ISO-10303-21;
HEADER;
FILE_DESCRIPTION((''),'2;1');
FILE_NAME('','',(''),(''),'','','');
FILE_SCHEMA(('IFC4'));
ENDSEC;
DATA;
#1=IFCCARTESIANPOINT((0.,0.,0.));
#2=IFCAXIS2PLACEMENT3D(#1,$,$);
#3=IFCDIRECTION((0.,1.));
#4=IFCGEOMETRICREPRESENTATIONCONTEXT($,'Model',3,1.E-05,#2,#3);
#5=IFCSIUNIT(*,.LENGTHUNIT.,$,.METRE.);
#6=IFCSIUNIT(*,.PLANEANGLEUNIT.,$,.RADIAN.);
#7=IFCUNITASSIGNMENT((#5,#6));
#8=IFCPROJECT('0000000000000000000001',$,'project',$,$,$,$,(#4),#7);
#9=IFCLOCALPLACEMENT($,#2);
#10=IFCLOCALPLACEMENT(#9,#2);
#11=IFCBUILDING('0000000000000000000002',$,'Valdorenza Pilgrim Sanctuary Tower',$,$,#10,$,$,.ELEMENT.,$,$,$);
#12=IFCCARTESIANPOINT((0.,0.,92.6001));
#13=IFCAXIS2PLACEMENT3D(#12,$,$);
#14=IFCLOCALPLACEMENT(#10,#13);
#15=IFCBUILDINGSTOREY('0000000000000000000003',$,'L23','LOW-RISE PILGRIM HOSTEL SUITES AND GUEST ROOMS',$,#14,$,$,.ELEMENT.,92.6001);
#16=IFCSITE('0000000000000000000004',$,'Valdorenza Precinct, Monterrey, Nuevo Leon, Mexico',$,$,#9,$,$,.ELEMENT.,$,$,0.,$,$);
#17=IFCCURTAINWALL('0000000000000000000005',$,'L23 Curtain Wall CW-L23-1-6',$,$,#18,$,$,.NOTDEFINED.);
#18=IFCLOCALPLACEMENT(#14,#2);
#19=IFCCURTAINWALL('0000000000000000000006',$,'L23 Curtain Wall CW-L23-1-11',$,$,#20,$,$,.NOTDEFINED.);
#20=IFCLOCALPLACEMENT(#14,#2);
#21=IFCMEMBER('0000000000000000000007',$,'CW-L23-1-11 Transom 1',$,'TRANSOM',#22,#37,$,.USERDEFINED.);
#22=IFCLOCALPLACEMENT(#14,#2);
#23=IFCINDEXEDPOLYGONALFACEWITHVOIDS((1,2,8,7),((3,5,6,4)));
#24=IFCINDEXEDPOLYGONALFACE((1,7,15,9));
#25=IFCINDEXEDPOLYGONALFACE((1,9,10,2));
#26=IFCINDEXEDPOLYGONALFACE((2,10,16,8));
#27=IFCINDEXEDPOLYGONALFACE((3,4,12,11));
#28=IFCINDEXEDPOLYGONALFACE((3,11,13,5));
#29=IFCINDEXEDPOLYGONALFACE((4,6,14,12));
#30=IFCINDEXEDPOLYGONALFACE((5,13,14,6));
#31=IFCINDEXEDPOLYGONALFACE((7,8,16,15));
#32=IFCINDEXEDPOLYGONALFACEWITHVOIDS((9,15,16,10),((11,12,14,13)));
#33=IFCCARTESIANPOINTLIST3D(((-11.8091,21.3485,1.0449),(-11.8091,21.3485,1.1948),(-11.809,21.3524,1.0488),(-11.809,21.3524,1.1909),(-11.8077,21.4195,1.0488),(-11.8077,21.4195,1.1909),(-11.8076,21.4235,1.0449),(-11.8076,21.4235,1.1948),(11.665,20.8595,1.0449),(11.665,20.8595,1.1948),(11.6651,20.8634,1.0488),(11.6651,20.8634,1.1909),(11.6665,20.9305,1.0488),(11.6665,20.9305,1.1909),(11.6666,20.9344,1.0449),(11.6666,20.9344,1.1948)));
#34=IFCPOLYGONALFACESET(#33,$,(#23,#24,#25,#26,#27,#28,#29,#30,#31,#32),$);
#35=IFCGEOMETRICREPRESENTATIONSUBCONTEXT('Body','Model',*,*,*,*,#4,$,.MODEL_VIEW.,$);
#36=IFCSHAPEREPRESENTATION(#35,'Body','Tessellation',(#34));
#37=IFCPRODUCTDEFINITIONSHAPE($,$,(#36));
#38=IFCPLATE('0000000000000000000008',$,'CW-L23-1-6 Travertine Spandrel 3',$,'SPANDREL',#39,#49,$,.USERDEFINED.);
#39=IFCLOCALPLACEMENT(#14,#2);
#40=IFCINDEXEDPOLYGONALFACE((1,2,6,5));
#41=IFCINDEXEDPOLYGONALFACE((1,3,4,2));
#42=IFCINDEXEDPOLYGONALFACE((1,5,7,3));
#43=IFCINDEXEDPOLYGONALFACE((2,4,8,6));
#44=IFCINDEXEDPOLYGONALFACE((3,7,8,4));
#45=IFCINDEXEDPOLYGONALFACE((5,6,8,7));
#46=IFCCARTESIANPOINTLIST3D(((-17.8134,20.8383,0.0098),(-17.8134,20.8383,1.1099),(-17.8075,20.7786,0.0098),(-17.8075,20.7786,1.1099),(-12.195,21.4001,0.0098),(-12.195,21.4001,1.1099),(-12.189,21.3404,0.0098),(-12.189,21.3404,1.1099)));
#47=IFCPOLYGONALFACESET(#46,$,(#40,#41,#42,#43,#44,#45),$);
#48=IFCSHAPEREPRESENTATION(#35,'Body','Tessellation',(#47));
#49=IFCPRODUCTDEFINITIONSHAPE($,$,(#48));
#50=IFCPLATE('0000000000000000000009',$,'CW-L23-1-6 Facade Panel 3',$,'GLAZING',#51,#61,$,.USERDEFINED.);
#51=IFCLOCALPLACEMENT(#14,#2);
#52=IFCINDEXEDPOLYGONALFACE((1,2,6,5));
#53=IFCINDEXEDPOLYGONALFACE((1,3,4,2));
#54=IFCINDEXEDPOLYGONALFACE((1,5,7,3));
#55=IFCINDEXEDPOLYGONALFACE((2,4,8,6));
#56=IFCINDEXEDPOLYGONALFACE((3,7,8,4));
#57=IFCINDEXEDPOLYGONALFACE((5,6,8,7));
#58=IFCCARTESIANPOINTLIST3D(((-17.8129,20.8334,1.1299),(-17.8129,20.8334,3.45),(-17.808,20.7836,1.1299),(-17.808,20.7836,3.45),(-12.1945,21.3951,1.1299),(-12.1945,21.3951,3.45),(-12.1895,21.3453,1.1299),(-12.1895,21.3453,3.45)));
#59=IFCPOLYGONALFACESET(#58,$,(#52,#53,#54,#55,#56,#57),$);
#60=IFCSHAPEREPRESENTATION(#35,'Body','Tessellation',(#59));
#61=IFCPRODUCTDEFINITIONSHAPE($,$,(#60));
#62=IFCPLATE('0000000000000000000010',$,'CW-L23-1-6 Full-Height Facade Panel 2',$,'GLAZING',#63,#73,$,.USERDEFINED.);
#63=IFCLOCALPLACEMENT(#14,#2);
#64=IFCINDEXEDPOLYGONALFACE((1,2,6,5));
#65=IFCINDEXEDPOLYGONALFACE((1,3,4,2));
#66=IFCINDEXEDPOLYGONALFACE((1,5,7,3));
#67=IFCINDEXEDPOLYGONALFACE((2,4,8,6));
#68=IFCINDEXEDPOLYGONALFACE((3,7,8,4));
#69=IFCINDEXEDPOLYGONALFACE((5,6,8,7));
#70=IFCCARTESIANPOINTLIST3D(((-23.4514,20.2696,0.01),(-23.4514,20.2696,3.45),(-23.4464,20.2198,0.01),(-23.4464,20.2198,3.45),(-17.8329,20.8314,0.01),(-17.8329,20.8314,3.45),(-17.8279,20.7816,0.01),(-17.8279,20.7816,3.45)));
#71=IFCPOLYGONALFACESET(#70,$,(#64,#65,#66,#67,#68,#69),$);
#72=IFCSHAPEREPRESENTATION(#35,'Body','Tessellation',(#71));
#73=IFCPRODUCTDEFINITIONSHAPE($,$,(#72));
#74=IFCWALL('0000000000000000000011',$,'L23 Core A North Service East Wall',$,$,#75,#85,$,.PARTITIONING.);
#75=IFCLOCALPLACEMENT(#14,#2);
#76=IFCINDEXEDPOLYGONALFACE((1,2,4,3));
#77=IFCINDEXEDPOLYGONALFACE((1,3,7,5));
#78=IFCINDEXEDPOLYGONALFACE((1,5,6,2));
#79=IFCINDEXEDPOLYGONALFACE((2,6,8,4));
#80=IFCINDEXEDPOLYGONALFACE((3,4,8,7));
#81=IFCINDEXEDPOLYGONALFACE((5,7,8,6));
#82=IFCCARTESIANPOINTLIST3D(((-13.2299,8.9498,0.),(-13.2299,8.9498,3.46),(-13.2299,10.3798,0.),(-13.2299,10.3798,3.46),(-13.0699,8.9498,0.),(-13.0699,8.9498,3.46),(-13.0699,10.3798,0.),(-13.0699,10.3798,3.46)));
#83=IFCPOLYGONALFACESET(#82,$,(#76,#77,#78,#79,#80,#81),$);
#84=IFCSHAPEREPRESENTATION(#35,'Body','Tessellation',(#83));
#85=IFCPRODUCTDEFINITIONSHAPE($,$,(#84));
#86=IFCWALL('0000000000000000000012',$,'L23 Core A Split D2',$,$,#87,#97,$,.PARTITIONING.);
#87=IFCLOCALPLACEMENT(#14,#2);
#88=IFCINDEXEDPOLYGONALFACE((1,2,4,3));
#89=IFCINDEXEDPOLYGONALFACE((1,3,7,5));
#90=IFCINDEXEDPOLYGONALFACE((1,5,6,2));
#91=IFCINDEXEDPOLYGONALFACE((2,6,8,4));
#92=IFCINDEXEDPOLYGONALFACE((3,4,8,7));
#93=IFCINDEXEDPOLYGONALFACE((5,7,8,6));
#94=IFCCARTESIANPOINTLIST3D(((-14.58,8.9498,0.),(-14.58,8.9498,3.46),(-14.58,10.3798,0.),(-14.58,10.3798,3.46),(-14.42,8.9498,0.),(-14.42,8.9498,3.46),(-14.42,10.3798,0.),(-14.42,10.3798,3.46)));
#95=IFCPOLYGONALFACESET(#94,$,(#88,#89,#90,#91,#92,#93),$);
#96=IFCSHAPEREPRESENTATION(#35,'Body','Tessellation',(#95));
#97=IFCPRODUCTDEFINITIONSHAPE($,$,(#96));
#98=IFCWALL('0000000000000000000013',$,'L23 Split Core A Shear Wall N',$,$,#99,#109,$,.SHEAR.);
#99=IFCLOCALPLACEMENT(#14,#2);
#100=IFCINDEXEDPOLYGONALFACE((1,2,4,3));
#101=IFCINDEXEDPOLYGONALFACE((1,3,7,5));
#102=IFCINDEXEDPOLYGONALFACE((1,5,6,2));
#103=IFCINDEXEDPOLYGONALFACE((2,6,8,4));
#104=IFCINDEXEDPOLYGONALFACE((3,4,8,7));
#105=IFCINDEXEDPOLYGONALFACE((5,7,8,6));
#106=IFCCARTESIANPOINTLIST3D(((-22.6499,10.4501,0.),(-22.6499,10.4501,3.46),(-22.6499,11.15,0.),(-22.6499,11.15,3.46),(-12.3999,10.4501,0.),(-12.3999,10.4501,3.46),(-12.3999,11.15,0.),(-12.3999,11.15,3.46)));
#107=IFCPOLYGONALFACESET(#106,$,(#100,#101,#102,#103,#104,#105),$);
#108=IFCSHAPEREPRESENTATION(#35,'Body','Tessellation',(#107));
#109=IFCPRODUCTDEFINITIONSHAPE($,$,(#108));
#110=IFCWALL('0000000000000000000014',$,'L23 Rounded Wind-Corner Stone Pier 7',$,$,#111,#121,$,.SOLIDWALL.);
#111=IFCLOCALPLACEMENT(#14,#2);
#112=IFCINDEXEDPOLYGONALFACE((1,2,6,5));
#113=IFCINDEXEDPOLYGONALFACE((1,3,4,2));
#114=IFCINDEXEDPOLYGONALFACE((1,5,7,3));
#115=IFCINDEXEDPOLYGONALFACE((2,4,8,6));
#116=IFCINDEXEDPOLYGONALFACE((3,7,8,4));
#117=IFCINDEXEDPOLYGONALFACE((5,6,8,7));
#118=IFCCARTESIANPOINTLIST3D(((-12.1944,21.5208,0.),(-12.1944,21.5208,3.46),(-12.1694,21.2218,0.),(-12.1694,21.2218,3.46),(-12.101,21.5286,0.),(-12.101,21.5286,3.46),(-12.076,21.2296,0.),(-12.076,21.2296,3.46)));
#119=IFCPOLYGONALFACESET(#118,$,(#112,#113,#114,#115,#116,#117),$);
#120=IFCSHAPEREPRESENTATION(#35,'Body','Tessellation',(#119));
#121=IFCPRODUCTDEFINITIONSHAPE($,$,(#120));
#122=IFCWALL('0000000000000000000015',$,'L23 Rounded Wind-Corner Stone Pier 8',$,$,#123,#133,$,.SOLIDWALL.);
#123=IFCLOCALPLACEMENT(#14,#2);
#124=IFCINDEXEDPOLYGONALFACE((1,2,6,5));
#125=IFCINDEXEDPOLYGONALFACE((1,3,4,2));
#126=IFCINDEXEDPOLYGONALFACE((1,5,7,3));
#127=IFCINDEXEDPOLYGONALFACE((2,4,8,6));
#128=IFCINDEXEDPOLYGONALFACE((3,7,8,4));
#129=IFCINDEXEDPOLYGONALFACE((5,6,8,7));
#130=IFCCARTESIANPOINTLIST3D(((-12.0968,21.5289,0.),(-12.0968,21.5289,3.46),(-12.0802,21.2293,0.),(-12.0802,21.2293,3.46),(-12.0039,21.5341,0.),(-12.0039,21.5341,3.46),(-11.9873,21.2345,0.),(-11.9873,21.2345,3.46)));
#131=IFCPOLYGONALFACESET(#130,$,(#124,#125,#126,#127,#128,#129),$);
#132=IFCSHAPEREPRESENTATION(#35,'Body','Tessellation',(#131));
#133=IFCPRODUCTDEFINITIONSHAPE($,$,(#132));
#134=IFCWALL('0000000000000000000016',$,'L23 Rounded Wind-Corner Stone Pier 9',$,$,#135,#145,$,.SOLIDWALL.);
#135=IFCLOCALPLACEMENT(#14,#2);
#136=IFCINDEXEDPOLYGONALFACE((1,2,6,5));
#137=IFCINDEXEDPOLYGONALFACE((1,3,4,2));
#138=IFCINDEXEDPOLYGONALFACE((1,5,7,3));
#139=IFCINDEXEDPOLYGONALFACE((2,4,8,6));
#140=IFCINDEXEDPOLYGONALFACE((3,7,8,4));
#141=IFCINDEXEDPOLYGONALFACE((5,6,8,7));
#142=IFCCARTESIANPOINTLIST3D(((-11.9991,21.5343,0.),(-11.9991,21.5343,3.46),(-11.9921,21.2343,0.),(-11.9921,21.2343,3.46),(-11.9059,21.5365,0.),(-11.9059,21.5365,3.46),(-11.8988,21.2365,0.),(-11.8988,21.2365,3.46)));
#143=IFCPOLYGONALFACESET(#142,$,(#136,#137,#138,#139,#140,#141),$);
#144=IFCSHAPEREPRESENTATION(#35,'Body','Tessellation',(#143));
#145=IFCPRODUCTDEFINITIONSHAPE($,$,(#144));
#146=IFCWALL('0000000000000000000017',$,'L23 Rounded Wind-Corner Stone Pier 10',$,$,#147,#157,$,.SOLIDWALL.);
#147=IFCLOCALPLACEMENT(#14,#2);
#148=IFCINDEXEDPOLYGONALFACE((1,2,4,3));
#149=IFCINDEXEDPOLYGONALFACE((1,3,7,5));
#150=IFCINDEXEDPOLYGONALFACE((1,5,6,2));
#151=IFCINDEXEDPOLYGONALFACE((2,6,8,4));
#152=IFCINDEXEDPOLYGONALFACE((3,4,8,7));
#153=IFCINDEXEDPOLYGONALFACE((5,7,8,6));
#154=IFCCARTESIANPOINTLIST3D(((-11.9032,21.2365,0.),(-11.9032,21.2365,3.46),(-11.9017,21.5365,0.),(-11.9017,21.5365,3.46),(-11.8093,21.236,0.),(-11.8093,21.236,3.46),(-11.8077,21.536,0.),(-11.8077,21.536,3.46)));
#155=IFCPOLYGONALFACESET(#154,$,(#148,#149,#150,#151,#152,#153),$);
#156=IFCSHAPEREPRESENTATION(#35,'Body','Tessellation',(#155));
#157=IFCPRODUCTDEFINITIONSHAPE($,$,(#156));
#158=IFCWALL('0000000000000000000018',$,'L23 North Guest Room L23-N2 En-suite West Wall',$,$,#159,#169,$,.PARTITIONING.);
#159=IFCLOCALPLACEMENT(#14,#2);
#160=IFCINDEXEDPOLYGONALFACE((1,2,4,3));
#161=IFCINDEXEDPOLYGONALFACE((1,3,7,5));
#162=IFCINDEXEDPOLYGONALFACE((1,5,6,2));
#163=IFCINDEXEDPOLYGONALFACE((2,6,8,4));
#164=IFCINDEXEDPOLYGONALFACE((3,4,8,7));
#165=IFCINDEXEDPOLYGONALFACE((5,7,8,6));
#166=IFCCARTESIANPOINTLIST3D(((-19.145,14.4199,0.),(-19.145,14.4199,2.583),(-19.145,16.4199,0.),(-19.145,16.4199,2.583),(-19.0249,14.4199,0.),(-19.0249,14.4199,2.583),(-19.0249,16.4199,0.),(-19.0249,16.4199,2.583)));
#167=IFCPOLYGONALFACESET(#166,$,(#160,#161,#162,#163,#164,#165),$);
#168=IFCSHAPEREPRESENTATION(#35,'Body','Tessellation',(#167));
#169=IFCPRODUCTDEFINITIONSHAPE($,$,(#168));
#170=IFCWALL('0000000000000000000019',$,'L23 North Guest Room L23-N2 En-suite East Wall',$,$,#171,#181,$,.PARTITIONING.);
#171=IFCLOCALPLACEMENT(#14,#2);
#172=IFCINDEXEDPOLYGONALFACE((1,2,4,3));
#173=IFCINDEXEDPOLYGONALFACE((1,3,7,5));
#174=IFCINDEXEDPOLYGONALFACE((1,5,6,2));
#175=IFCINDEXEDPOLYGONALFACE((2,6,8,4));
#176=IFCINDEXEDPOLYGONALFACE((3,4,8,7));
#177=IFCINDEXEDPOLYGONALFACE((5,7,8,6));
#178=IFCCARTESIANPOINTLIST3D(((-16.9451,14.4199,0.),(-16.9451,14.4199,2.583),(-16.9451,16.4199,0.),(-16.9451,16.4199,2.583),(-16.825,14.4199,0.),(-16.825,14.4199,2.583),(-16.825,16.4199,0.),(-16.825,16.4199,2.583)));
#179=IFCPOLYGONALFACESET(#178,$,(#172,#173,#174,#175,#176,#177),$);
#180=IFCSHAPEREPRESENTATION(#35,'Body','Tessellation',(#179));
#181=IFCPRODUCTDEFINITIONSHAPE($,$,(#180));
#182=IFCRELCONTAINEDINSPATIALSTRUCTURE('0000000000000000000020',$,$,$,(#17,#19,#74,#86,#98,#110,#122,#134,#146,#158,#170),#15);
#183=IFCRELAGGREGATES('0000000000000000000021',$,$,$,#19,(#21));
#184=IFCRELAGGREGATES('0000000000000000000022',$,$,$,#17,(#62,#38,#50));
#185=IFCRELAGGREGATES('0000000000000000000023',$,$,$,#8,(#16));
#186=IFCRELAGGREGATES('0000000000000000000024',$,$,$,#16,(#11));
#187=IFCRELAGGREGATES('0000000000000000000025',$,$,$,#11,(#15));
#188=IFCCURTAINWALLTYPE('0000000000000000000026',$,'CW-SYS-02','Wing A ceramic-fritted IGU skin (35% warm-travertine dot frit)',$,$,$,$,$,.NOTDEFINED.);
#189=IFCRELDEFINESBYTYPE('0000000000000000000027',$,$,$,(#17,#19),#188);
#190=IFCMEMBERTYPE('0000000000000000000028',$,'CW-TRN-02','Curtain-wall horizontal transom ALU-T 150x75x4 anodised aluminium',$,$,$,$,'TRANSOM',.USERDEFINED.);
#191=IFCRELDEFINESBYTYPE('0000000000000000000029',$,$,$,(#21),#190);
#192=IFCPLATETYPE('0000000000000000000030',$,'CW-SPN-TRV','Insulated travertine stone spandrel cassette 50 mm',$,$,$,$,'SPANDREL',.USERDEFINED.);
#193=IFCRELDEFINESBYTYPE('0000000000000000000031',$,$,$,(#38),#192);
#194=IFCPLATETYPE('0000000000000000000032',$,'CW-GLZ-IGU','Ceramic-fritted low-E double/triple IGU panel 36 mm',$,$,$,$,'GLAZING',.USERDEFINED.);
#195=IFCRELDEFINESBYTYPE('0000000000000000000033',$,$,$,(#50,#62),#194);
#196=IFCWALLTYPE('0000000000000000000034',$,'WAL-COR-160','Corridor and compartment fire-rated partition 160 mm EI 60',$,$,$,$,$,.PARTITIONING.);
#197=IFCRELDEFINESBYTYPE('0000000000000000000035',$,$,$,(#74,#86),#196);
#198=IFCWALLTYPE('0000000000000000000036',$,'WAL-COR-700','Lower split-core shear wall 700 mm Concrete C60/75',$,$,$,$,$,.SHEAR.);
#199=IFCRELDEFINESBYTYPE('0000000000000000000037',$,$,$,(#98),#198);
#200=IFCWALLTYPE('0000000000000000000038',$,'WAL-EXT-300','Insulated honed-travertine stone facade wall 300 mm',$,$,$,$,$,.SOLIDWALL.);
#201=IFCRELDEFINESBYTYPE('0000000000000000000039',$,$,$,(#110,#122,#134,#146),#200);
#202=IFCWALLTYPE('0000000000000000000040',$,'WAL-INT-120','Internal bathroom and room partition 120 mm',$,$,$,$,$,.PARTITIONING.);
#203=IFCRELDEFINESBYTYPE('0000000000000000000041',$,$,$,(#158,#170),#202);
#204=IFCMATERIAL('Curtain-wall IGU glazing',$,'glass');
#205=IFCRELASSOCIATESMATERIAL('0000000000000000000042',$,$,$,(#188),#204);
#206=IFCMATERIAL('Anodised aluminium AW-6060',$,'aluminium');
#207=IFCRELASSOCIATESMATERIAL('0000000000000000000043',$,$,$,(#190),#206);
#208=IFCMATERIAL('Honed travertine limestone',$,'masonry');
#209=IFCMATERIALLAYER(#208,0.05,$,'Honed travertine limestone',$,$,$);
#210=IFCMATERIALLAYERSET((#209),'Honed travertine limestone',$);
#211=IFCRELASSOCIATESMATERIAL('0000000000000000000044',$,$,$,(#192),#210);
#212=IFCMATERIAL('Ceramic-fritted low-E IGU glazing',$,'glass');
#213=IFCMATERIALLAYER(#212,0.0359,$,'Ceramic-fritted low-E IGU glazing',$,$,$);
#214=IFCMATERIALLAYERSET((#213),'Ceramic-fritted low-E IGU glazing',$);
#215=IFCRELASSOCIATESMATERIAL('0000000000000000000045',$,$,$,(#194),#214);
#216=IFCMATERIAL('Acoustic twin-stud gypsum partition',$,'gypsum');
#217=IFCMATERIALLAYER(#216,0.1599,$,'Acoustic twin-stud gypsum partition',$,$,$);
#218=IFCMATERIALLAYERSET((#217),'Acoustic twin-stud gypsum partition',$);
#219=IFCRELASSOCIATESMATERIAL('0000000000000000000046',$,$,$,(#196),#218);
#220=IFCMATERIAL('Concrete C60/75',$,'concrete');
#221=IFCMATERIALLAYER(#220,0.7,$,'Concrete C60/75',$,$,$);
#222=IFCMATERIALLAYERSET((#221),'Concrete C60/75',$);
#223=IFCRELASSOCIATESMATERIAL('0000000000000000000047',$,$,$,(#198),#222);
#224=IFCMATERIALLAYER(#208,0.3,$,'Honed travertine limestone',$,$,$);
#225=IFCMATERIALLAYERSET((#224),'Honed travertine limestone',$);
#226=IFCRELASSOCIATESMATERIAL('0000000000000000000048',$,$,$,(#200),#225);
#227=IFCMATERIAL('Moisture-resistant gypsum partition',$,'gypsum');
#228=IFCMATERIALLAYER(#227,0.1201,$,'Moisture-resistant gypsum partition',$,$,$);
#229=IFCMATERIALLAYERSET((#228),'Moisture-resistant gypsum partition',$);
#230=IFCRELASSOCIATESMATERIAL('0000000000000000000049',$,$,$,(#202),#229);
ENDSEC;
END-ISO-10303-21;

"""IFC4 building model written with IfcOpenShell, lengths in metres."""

from ifc_helpers import new_model, si_unit, direction, frame, frame_2d, origin, origin_2d, place, context, subcontext, project, spatial, rectangle, hollow_rectangle, extrude, source, transform, mapped, material, layer, layer_set, material_profile, profile_set, type_object, element, aggregate, save


model = new_model("IFC4")

# Units and contexts
model_context = context("Model", 3, precision=1e-05, world=origin(), true_north=direction((0.0, 1.0)))
body_context = subcontext(model_context, "Body", "Model", "MODEL_VIEW")
ifc_project = project(units=[si_unit("LENGTHUNIT", "METRE"), si_unit("PLANEANGLEUNIT", "RADIAN")], contexts=[model_context])

# Site, building, storey
site_placement = place(None, origin())
site = spatial("IfcSite", under=ifc_project, at=site_placement, Name="Valdorenza Precinct, Monterrey, Nuevo Leon, Mexico", CompositionType="ELEMENT", RefElevation=0.0)
building_placement = place(site_placement, origin())
building = spatial("IfcBuilding", under=site, at=building_placement, Name="Valdorenza Pilgrim Sanctuary Tower", CompositionType="ELEMENT")
storey_placement = place(building_placement, frame((0.0, 0.0, 92.6001)))
storey = spatial("IfcBuildingStorey", under=building, at=storey_placement, Name="L23", Description="LOW-RISE PILGRIM HOSTEL SUITES AND GUEST ROOMS", CompositionType="ELEMENT", Elevation=92.6001)

# Shared definitions
ifc_material_1 = material(Name="Concrete C60/75", Category="concrete")

# Curtain walls, member
ifc_material_2 = material(Name="Curtain-wall IGU glazing", Category="glass")
curtain_wall_type = type_object("IfcCurtainWallType", Name="CW-SYS-02", Description="Wing A ceramic-fritted IGU skin (35% warm-travertine dot frit)", PredefinedType="NOTDEFINED", material=ifc_material_2)
curtain_wall_1_placement = place(storey_placement, origin())
curtain_wall_1 = element("IfcCurtainWall", 1, at=curtain_wall_1_placement, inside=storey, type_object=curtain_wall_type, Name="L23 Curtain Wall CW-L23-1-6", PredefinedType="NOTDEFINED")
ifc_material_3 = material(Name="Anodised aluminium AW-6060", Category="aluminium")
curtain_wall_2_placement = place(storey_placement, origin())
curtain_wall_2 = element("IfcCurtainWall", 2, at=curtain_wall_2_placement, inside=storey, type_object=curtain_wall_type, Name="L23 Curtain Wall CW-L23-1-11", PredefinedType="NOTDEFINED")
ifc_material_profile_1 = material_profile(ifc_material_3, hollow_rectangle(XDim=0.075, YDim=0.1499, WallThickness=0.0039, at=origin_2d()), Name="ALU-T 150x75x4")
ifc_profile_set_1 = profile_set([ifc_material_profile_1], Name="Anodised aluminium AW-6060")
member_type_1 = type_object("IfcMemberType", Name="CW-TRN-02", Description="Curtain-wall horizontal transom ALU-T 150x75x4 anodised aluminium", ElementType="TRANSOM", PredefinedType="USERDEFINED", material=ifc_profile_set_1)
shared_shape_1 = source(origin(), body_context, "Body", "SweptSolid", [
    extrude(hollow_rectangle(XDim=0.075, YDim=0.1499, WallThickness=0.0039, at=origin_2d()), origin(), (0.0, 0.0, 1.0), 23.4792),
])
member_1_placement = place(storey_placement, frame((-11.8083, 21.386, 1.1199), z_axis=(0.999783, -0.020828, 0.0), x_axis=(0.020828, 0.999783, 0.0)))
member_1 = element("IfcMember", 3, at=member_1_placement, type_object=member_type_1, Name="CW-L23-1-11 Transom 1", ObjectType="TRANSOM", PredefinedType="USERDEFINED", context=body_context, shape_type="MappedRepresentation", body=[
    mapped(shared_shape_1, transform((0.0, 0.0, 0.0), x_axis=(1.0, 0.0, 0.0), y_axis=(0.0, 1.0, 0.0), z_axis=(0.0, 0.0, 1.0), scale=1.0)),
])
aggregate(curtain_wall_2, [member_1])

# Plates
ifc_material_4 = material(Name="Honed travertine limestone", Category="masonry")
ifc_layer_1 = layer(ifc_material_4, 0.05, Name="Honed travertine limestone")
ifc_layer_set_1 = layer_set([ifc_layer_1], Name="Honed travertine limestone")
plate_type_1 = type_object("IfcPlateType", Name="CW-SPN-TRV", Description="Insulated travertine stone spandrel cassette 50 mm", ElementType="SPANDREL", PredefinedType="USERDEFINED", material=ifc_layer_set_1)
shared_shape_2 = source(origin(), body_context, "Body", "SweptSolid", [
    extrude(rectangle(XDim=5.6465, YDim=0.0601, at=origin_2d()), origin(), (0.0, 0.0, 1.0), 1.1001),
])
plate_1_placement = place(storey_placement, frame((-15.0012, 21.0894, 0.0098), z_axis=(0.0, 0.0, 1.0), x_axis=(0.995038, 0.099493, 0.0)))
plate_1 = element("IfcPlate", 4, at=plate_1_placement, type_object=plate_type_1, Name="CW-L23-1-6 Travertine Spandrel 3", ObjectType="SPANDREL", PredefinedType="USERDEFINED", context=body_context, shape_type="MappedRepresentation", body=[
    mapped(shared_shape_2, transform((0.0, 0.0, 0.0), x_axis=(1.0, 0.0, 0.0), y_axis=(0.0, 1.0, 0.0), z_axis=(0.0, 0.0, 1.0), scale=1.0)),
])
ifc_material_5 = material(Name="Ceramic-fritted low-E IGU glazing", Category="glass")
ifc_layer_2 = layer(ifc_material_5, 0.0359, Name="Ceramic-fritted low-E IGU glazing")
ifc_layer_set_2 = layer_set([ifc_layer_2], Name="Ceramic-fritted low-E IGU glazing")
plate_type_2 = type_object("IfcPlateType", Name="CW-GLZ-IGU", Description="Ceramic-fritted low-E double/triple IGU panel 36 mm", ElementType="GLAZING", PredefinedType="USERDEFINED", material=ifc_layer_set_2)
shared_shape_3 = source(origin(), body_context, "Body", "SweptSolid", [
    extrude(rectangle(XDim=5.6465, YDim=0.05, at=origin_2d()), origin(), (0.0, 0.0, 1.0), 2.3201),
])
plate_2_placement = place(storey_placement, frame((-15.0012, 21.0894, 1.1299), z_axis=(0.0, 0.0, 1.0), x_axis=(0.995038, 0.099493, 0.0)))
plate_2 = element("IfcPlate", 5, at=plate_2_placement, type_object=plate_type_2, Name="CW-L23-1-6 Facade Panel 3", ObjectType="GLAZING", PredefinedType="USERDEFINED", context=body_context, shape_type="MappedRepresentation", body=[
    mapped(shared_shape_3, transform((0.0, 0.0, 0.0), x_axis=(1.0, 0.0, 0.0), y_axis=(0.0, 1.0, 0.0), z_axis=(0.0, 0.0, 1.0), scale=1.0)),
])
shared_shape_4 = source(origin(), body_context, "Body", "SweptSolid", [
    extrude(rectangle(XDim=5.6465, YDim=0.05, at=origin_2d()), origin(), (0.0, 0.0, 1.0), 3.4399),
])
plate_3_placement = place(storey_placement, frame((-20.6396, 20.5256, 0.01), z_axis=(0.0, 0.0, 1.0), x_axis=(0.995038, 0.099493, 0.0)))
plate_3 = element("IfcPlate", 6, at=plate_3_placement, type_object=plate_type_2, Name="CW-L23-1-6 Full-Height Facade Panel 2", ObjectType="GLAZING", PredefinedType="USERDEFINED", context=body_context, shape_type="MappedRepresentation", body=[
    mapped(shared_shape_4, transform((0.0, 0.0, 0.0), x_axis=(1.0, 0.0, 0.0), y_axis=(0.0, 1.0, 0.0), z_axis=(0.0, 0.0, 1.0), scale=1.0)),
])
aggregate(curtain_wall_1, [plate_3, plate_1, plate_2])

# Walls
ifc_material_6 = material(Name="Acoustic twin-stud gypsum partition", Category="gypsum")
ifc_layer_3 = layer(ifc_material_6, 0.1599, Name="Acoustic twin-stud gypsum partition")
ifc_layer_set_3 = layer_set([ifc_layer_3], Name="Acoustic twin-stud gypsum partition")
wall_type_1 = type_object("IfcWallType", Name="WAL-COR-160", Description="Corridor and compartment fire-rated partition 160 mm EI 60", PredefinedType="PARTITIONING", material=ifc_layer_set_3)
for number, where, z_axis, x_axis, name in (
    (7, (-13.1499, 8.95, 0.0), (0.0, 0.0, 1.0), (0.0, 1.0, 0.0), "L23 Core A North Service East Wall"),
    (8, (-14.5, 8.95, 0.0), (0.0, 0.0, 1.0), (0.0, 1.0, 0.0), "L23 Core A Split D2"),
):
    element("IfcWall", number, at=place(storey_placement, frame(where, z_axis=z_axis, x_axis=x_axis)), inside=storey, type_object=wall_type_1, Name=name, PredefinedType="PARTITIONING", context=body_context, shape_type="SweptSolid", body=[
        extrude(rectangle(XDim=1.4299, YDim=0.1599, at=frame_2d((0.7148, 0.0))), origin(), (0.0, 0.0, 1.0), 3.46),
    ])
ifc_layer_4 = layer(ifc_material_1, 0.7, Name="Concrete C60/75")
ifc_layer_set_4 = layer_set([ifc_layer_4], Name="Concrete C60/75")
wall_type_2 = type_object("IfcWallType", Name="WAL-COR-700", Description="Lower split-core shear wall 700 mm Concrete C60/75", PredefinedType="SHEAR", material=ifc_layer_set_4)
wall_1_placement = place(storey_placement, frame((-22.6499, 10.8, 0.0), z_axis=(0.0, 0.0, 1.0), x_axis=(1.0, 0.0, 0.0)))
element("IfcWall", 9, at=wall_1_placement, inside=storey, type_object=wall_type_2, Name="L23 Split Core A Shear Wall N", PredefinedType="SHEAR", context=body_context, shape_type="SweptSolid", body=[
    extrude(rectangle(XDim=10.25, YDim=0.7, at=frame_2d((5.125, 0.0))), origin(), (0.0, 0.0, 1.0), 3.46),
])
ifc_layer_5 = layer(ifc_material_4, 0.3, Name="Honed travertine limestone")
ifc_layer_set_5 = layer_set([ifc_layer_5], Name="Honed travertine limestone")
wall_type_3 = type_object("IfcWallType", Name="WAL-EXT-300", Description="Insulated honed-travertine stone facade wall 300 mm", PredefinedType="SOLIDWALL", material=ifc_layer_set_5)
wall_2_placement = place(storey_placement, frame((-12.1819, 21.3713, 0.0), z_axis=(0.0, 0.0, 1.0), x_axis=(0.996528, 0.083261, 0.0)))
element("IfcWall", 10, at=wall_2_placement, inside=storey, type_object=wall_type_3, Name="L23 Rounded Wind-Corner Stone Pier 7", PredefinedType="SOLIDWALL", context=body_context, shape_type="SweptSolid", body=[
    extrude(rectangle(XDim=0.0938, YDim=0.3, at=frame_2d((0.0469, 0.0))), origin(), (0.0, 0.0, 1.0), 3.46),
])
wall_3_placement = place(storey_placement, frame((-12.0884, 21.3792, 0.0), z_axis=(0.0, 0.0, 1.0), x_axis=(0.998476, 0.055179, 0.0)))
element("IfcWall", 11, at=wall_3_placement, inside=storey, type_object=wall_type_3, Name="L23 Rounded Wind-Corner Stone Pier 8", PredefinedType="SOLIDWALL", context=body_context, shape_type="SweptSolid", body=[
    extrude(rectangle(XDim=0.093, YDim=0.3, at=frame_2d((0.0464, 0.0))), origin(), (0.0, 0.0, 1.0), 3.46),
])
wall_4_placement = place(storey_placement, frame((-11.9956, 21.3843, 0.0), z_axis=(0.0, 0.0, 1.0), x_axis=(0.999723, 0.023554, 0.0)))
element("IfcWall", 12, at=wall_4_placement, inside=storey, type_object=wall_type_3, Name="L23 Rounded Wind-Corner Stone Pier 9", PredefinedType="SOLIDWALL", context=body_context, shape_type="SweptSolid", body=[
    extrude(rectangle(XDim=0.0933, YDim=0.3, at=frame_2d((0.0466, 0.0))), origin(), (0.0, 0.0, 1.0), 3.46),
])
wall_5_placement = place(storey_placement, frame((-11.9023, 21.3865, 0.0), z_axis=(0.0, 0.0, 1.0), x_axis=(0.999987, -0.005195, 0.0)))
element("IfcWall", 13, at=wall_5_placement, inside=storey, type_object=wall_type_3, Name="L23 Rounded Wind-Corner Stone Pier 10", PredefinedType="SOLIDWALL", context=body_context, shape_type="SweptSolid", body=[
    extrude(rectangle(XDim=0.094, YDim=0.3, at=frame_2d((0.0469, 0.0))), origin(), (0.0, 0.0, 1.0), 3.46),
])
ifc_material_7 = material(Name="Moisture-resistant gypsum partition", Category="gypsum")
ifc_layer_6 = layer(ifc_material_7, 0.1201, Name="Moisture-resistant gypsum partition")
ifc_layer_set_6 = layer_set([ifc_layer_6], Name="Moisture-resistant gypsum partition")
wall_type_4 = type_object("IfcWallType", Name="WAL-INT-120", Description="Internal bathroom and room partition 120 mm", PredefinedType="PARTITIONING", material=ifc_layer_set_6)
for number, where, z_axis, x_axis, name in (
    (14, (-19.085, 14.4199, 0.0), (0.0, 0.0, 1.0), (0.0, 1.0, 0.0), "L23 North Guest Room L23-N2 En-suite West Wall"),
    (15, (-16.885, 14.4199, 0.0), (0.0, 0.0, 1.0), (0.0, 1.0, 0.0), "L23 North Guest Room L23-N2 En-suite East Wall"),
):
    element("IfcWall", number, at=place(storey_placement, frame(where, z_axis=z_axis, x_axis=x_axis)), inside=storey, type_object=wall_type_4, Name=name, PredefinedType="PARTITIONING", context=body_context, shape_type="SweptSolid", body=[
        extrude(rectangle(XDim=2.0, YDim=0.1201, at=frame_2d((1.0, 0.0))), origin(), (0.0, 0.0, 1.0), 2.583),
    ])

save(model, "model.ifc")
